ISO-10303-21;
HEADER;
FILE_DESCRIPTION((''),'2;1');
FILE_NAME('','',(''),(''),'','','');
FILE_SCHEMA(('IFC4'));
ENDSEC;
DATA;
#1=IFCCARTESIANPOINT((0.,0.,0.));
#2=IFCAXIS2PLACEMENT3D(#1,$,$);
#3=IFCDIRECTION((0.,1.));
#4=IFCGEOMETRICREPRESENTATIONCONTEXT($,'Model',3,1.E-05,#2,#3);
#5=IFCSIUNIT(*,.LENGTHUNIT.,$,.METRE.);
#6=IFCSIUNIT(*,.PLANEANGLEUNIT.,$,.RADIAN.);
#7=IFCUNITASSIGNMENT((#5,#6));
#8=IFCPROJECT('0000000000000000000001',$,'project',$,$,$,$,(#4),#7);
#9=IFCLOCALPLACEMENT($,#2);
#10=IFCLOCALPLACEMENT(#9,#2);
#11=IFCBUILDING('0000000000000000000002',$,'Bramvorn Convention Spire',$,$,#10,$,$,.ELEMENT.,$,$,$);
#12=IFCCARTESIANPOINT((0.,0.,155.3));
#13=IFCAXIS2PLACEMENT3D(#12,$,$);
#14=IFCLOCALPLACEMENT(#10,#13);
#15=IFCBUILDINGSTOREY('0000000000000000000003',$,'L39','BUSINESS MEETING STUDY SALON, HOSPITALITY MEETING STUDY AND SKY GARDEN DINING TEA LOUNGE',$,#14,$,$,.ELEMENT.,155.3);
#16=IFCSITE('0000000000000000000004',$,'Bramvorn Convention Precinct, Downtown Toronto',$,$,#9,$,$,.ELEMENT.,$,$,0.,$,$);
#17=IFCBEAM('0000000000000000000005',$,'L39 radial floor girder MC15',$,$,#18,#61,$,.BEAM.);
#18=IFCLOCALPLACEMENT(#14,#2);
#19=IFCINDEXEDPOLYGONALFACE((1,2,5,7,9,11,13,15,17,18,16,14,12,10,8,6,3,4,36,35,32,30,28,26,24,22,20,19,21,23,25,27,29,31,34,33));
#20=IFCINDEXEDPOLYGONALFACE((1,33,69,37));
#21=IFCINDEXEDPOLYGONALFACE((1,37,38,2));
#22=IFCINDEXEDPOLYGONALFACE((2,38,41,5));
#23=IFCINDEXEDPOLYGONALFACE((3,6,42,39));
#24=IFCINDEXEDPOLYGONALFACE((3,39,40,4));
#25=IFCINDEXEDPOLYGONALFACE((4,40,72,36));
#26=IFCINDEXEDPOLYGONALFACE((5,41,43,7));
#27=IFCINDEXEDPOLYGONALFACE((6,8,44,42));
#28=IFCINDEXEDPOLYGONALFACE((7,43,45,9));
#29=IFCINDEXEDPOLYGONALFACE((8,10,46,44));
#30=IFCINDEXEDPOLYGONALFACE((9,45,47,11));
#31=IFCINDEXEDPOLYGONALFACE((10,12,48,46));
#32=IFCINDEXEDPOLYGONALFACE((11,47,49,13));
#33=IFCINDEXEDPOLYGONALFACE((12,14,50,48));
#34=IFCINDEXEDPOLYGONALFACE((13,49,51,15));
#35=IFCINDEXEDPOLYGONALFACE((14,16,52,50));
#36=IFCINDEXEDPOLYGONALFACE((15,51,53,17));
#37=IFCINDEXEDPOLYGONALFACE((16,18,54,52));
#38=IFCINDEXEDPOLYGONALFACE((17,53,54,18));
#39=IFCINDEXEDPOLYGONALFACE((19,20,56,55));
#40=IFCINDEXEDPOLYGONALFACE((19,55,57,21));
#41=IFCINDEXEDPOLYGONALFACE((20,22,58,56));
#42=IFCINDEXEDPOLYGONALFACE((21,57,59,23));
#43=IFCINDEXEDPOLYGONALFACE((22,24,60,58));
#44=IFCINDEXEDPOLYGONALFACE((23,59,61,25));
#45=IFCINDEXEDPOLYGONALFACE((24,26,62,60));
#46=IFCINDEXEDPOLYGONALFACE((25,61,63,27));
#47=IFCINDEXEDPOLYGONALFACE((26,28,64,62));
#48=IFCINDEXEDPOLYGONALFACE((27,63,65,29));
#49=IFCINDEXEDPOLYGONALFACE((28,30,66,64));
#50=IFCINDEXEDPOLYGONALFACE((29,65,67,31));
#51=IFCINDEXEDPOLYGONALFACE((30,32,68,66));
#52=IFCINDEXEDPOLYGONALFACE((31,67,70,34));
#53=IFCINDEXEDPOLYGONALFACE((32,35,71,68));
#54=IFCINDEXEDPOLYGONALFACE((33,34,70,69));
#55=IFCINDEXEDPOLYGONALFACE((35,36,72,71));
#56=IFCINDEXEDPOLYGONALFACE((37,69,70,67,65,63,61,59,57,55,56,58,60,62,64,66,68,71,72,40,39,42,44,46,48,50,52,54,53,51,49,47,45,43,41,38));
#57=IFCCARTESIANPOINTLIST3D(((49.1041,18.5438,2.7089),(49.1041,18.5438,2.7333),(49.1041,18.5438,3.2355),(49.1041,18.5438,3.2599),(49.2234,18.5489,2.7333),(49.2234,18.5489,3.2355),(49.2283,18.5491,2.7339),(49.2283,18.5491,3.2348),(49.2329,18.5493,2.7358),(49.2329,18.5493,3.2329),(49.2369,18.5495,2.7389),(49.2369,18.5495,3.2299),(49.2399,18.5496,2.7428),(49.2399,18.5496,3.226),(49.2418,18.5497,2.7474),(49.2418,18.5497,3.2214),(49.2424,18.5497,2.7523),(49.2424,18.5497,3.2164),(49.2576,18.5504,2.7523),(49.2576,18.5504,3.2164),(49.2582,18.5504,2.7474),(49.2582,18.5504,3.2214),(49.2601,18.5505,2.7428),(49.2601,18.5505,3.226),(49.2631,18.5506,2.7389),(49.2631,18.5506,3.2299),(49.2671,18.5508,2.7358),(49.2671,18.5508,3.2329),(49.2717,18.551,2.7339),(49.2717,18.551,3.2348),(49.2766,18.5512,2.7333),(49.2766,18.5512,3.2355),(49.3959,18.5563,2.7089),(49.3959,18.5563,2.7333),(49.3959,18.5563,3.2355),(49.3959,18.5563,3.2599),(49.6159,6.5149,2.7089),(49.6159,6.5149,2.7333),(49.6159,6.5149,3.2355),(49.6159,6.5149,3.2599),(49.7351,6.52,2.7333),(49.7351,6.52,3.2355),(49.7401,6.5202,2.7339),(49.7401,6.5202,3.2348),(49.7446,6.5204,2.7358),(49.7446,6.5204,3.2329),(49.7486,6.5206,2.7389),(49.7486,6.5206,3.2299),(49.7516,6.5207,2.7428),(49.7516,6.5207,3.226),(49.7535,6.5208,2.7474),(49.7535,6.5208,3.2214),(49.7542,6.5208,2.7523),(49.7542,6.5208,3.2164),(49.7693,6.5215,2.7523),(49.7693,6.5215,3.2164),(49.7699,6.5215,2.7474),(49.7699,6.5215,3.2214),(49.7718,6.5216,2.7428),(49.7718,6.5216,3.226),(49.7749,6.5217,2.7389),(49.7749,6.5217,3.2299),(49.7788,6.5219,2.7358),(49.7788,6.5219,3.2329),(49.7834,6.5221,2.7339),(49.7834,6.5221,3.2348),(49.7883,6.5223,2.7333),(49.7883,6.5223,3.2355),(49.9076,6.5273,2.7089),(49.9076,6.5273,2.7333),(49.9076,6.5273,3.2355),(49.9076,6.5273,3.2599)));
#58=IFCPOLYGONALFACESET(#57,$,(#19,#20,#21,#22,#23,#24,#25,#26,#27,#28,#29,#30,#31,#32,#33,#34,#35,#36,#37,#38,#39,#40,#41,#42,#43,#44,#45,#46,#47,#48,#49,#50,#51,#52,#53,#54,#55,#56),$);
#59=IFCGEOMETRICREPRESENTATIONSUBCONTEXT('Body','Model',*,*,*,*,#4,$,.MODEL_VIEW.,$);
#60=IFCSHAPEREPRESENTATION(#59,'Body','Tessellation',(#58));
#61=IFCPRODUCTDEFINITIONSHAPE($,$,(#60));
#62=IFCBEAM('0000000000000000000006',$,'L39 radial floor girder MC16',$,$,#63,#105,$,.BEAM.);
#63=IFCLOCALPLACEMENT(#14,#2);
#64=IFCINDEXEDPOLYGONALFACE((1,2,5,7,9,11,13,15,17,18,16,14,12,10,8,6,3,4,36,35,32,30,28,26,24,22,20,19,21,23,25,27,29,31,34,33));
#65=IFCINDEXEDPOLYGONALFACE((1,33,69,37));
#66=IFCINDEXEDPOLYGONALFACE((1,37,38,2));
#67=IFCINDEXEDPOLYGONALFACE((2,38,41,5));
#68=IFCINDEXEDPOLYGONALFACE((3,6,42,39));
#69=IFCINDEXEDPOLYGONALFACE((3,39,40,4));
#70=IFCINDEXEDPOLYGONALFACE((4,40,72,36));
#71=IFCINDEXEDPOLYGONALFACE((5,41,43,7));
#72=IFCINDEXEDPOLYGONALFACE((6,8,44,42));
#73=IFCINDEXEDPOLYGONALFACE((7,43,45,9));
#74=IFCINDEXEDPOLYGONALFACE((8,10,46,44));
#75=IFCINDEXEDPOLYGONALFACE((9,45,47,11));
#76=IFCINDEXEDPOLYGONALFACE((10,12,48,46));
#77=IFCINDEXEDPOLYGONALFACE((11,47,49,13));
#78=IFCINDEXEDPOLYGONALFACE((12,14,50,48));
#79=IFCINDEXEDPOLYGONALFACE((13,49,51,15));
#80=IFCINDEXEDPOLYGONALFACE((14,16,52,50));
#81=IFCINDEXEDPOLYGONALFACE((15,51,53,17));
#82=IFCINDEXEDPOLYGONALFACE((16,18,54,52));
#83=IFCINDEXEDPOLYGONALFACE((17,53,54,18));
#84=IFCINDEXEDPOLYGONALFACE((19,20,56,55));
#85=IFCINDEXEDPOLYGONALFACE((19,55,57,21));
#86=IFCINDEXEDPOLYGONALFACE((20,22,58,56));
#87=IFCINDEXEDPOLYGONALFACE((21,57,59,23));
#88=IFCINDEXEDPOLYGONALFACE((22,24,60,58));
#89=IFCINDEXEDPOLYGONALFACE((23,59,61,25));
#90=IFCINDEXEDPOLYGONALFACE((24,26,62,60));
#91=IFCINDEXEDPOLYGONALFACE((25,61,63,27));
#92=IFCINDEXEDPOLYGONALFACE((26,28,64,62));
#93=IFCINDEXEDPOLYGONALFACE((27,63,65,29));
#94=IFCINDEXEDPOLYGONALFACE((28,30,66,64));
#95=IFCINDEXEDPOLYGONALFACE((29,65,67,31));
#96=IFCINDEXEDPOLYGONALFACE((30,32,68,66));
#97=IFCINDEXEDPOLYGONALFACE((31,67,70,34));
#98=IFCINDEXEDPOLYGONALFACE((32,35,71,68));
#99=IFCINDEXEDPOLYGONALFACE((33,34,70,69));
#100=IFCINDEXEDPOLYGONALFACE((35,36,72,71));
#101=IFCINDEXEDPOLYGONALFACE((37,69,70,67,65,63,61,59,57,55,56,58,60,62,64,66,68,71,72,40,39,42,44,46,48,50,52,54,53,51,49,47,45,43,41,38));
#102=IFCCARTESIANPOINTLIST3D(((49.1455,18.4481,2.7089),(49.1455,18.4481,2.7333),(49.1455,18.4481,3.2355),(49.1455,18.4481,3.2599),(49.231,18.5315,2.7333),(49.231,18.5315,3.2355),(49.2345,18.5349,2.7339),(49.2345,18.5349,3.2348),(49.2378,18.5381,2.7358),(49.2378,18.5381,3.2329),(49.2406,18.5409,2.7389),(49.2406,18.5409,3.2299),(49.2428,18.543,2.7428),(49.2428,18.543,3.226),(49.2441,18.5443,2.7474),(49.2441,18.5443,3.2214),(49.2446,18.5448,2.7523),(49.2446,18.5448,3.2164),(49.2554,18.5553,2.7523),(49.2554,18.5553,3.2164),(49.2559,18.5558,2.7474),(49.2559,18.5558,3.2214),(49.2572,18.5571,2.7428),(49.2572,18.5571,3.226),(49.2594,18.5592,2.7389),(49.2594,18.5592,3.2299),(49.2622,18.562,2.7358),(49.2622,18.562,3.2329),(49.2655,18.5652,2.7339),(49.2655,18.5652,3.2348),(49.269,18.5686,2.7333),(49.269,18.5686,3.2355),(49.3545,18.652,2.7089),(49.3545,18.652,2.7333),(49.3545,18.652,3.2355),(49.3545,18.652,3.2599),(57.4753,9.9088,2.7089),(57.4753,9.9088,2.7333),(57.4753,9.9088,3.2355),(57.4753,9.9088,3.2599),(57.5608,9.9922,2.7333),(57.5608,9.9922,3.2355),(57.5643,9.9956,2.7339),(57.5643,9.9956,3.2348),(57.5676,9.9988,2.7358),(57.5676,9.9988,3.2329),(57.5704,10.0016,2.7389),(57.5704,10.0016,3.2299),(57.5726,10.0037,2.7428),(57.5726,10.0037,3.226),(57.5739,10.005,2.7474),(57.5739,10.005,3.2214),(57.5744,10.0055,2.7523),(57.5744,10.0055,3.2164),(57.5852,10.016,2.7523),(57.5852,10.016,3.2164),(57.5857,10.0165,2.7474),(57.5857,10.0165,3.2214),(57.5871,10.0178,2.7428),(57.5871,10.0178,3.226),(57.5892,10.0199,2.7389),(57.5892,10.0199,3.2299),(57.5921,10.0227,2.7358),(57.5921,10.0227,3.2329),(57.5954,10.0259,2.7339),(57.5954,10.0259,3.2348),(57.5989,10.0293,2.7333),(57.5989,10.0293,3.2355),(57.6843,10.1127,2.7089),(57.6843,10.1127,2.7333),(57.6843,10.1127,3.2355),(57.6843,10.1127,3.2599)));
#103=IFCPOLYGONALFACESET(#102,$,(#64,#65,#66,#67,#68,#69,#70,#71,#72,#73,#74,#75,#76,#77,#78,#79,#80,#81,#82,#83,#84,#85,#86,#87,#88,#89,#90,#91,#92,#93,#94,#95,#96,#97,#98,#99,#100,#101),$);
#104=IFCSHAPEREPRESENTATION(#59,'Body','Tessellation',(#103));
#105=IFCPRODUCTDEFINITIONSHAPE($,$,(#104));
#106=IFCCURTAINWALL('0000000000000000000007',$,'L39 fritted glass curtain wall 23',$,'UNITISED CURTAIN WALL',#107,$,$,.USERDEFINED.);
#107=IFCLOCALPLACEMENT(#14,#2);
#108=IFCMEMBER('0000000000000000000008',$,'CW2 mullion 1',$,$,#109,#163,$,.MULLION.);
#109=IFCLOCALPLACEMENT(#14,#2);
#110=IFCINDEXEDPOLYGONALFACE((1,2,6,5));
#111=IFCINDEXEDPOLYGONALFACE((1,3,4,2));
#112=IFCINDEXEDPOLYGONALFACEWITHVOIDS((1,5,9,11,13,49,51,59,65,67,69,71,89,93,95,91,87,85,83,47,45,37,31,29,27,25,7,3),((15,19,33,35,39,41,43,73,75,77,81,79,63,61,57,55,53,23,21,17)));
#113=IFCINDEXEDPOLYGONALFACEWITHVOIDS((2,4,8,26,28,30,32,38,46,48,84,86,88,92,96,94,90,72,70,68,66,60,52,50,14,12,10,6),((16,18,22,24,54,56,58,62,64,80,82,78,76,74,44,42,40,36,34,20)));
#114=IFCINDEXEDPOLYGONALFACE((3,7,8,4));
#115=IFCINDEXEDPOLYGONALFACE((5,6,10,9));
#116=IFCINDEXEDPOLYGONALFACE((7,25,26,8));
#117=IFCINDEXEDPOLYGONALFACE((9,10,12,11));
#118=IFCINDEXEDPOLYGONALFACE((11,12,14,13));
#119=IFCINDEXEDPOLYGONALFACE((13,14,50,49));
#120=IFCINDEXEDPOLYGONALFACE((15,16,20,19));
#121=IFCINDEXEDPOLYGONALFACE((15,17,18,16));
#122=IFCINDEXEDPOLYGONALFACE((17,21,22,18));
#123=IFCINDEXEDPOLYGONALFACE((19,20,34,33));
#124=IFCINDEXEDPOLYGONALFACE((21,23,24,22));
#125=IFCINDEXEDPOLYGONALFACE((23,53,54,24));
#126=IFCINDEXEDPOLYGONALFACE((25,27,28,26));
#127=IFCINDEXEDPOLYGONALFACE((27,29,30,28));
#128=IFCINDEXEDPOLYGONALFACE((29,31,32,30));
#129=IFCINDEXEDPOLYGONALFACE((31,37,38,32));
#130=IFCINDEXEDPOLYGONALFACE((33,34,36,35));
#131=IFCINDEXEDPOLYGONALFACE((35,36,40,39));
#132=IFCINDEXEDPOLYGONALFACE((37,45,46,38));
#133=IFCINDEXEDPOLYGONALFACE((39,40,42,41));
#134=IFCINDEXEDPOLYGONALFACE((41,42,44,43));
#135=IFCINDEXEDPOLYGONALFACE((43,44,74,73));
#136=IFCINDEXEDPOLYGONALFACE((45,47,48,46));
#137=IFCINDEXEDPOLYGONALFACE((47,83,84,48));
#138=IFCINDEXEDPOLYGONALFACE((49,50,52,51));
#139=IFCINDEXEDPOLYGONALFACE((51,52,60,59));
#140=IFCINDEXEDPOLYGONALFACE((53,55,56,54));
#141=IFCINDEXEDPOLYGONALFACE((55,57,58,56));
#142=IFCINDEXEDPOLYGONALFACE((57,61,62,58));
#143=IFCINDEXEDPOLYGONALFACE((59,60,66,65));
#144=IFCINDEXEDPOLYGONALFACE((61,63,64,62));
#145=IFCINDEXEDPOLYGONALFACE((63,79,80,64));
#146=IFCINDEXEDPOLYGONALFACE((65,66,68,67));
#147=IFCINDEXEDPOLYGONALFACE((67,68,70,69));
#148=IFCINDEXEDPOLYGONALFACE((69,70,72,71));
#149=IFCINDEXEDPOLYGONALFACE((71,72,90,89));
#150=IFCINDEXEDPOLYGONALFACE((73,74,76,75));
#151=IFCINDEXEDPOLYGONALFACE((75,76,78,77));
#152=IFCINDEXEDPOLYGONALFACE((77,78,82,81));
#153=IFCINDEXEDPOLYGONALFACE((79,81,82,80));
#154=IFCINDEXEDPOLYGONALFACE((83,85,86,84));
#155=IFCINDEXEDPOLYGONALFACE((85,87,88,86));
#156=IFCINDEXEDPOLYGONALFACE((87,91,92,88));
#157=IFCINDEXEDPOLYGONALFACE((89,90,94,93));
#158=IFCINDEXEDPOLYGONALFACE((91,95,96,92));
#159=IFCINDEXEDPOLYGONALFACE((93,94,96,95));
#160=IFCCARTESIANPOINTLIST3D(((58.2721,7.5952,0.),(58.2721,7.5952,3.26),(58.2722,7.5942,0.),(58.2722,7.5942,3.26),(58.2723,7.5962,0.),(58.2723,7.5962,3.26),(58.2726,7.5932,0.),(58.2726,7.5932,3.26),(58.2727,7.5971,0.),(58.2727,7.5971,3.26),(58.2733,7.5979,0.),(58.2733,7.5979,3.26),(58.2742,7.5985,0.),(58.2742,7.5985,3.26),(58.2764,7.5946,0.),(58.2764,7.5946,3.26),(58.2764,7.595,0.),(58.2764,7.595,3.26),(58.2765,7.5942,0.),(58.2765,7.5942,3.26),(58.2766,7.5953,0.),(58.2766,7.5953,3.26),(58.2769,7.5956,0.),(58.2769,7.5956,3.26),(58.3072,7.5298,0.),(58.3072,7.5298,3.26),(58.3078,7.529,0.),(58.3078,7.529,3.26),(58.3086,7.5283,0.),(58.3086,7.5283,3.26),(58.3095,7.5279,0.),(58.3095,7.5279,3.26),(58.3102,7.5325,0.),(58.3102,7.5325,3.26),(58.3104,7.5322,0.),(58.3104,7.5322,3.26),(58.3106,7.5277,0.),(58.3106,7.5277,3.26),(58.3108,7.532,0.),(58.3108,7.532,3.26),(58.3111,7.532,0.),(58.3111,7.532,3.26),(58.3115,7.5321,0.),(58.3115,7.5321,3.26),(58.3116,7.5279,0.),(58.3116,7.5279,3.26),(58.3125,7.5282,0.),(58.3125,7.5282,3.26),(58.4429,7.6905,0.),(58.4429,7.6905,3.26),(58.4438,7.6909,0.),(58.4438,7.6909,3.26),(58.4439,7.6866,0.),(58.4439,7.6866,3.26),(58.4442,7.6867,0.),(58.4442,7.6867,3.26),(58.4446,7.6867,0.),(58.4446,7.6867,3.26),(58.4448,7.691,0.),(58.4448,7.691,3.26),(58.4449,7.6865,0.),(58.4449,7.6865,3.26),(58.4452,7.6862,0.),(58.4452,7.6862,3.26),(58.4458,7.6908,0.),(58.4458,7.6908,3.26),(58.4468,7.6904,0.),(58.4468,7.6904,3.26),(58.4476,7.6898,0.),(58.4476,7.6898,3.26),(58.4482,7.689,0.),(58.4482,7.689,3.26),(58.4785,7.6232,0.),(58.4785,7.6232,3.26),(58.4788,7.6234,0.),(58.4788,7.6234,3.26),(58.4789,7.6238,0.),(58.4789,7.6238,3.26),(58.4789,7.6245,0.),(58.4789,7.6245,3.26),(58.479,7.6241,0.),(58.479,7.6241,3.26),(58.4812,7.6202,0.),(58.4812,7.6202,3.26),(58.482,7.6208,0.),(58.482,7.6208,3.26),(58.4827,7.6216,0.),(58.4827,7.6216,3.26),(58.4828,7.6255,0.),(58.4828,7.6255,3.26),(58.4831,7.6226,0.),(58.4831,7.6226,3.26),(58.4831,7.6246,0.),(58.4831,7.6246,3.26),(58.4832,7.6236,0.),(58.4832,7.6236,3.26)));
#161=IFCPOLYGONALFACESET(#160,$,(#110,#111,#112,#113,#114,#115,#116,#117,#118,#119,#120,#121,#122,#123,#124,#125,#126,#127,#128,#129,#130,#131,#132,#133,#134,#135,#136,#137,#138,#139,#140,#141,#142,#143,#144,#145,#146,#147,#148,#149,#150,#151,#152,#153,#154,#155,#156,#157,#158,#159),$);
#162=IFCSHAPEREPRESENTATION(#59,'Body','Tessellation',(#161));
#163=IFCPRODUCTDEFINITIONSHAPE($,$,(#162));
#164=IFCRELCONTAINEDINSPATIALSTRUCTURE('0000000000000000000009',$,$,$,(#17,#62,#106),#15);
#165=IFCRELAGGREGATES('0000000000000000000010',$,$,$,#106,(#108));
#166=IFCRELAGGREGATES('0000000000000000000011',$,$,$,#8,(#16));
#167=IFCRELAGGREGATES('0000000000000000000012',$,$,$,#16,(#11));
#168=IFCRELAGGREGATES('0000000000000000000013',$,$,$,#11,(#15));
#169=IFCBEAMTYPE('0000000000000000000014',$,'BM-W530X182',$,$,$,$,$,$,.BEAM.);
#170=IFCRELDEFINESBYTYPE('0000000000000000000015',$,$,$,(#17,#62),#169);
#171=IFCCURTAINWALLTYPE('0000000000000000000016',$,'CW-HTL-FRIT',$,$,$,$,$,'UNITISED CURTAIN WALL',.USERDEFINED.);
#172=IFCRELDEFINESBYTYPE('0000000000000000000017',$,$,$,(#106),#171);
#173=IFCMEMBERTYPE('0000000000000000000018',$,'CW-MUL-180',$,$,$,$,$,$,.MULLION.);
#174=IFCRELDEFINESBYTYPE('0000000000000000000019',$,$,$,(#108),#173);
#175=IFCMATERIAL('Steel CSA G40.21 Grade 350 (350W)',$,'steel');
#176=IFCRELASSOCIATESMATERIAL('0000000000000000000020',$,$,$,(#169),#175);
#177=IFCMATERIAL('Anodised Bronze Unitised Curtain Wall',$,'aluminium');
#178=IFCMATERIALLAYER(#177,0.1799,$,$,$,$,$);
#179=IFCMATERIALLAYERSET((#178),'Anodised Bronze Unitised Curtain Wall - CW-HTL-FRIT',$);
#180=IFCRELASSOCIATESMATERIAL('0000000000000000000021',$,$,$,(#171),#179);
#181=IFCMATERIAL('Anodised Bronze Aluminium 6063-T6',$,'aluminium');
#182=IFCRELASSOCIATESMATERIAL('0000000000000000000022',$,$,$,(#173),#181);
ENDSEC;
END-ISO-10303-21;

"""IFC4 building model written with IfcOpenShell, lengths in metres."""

from ifc_helpers import new_model, si_unit, direction, frame, origin, origin_2d, place, context, subcontext, project, spatial, hollow_rectangle, i_section, extrude, material, layer, layer_set, material_profile, profile_set, type_object, element, aggregate, save


model = new_model("IFC4")

# Units and contexts
model_context = context("Model", 3, precision=1e-05, world=origin(), true_north=direction((0.0, 1.0)))
body_context = subcontext(model_context, "Body", "Model", "MODEL_VIEW")
ifc_project = project(units=[si_unit("LENGTHUNIT", "METRE"), si_unit("PLANEANGLEUNIT", "RADIAN")], contexts=[model_context])

# Site, building, storey
site_placement = place(None, origin())
site = spatial("IfcSite", under=ifc_project, at=site_placement, Name="Bramvorn Convention Precinct, Downtown Toronto", CompositionType="ELEMENT", RefElevation=0.0)
building_placement = place(site_placement, origin())
building = spatial("IfcBuilding", under=site, at=building_placement, Name="Bramvorn Convention Spire", CompositionType="ELEMENT")
storey_placement = place(building_placement, frame((0.0, 0.0, 155.3)))
storey = spatial("IfcBuildingStorey", under=building, at=storey_placement, Name="L39", Description="BUSINESS MEETING STUDY SALON, HOSPITALITY MEETING STUDY AND SKY GARDEN DINING TEA LOUNGE", CompositionType="ELEMENT", Elevation=155.3)

# Shared definitions
ifc_material_1 = material(Name="Steel CSA G40.21 Grade 350 (350W)", Category="steel")

# Beams
ifc_material_profile_1 = material_profile(ifc_material_1, i_section(OverallWidth=0.292, OverallDepth=0.551, WebThickness=0.0151, FlangeThickness=0.0244, FilletRadius=0.019, at=origin_2d()))
ifc_profile_set_1 = profile_set([ifc_material_profile_1], Name="Steel CSA G40.21 Grade 350 (350W) - W530X182")
beam_type_1 = type_object("IfcBeamType", Name="BM-W530X182", PredefinedType="BEAM", material=ifc_profile_set_1)
beam_1_placement = place(storey_placement, frame((49.25, 18.55, 2.9844), z_axis=(0.042503, -0.999096, 0.0), x_axis=(0.999096, 0.042503, 0.0)))
element("IfcBeam", 1, at=beam_1_placement, inside=storey, type_object=beam_type_1, Name="L39 radial floor girder MC15", PredefinedType="BEAM", context=body_context, shape_type="SweptSolid", body=[
    extrude(i_section(OverallWidth=0.292, OverallDepth=0.551, WebThickness=0.0151, FlangeThickness=0.0244, FilletRadius=0.019, at=origin_2d()), origin(), (0.0, 0.0, 1.0), 12.0398),
])
beam_2_placement = place(storey_placement, frame((49.25, 18.55, 2.9844), z_axis=(0.698272, -0.715832, 0.0), x_axis=(0.715832, 0.698272, 0.0)))
element("IfcBeam", 2, at=beam_2_placement, inside=storey, type_object=beam_type_1, Name="L39 radial floor girder MC16", PredefinedType="BEAM", context=body_context, shape_type="SweptSolid", body=[
    extrude(i_section(OverallWidth=0.292, OverallDepth=0.551, WebThickness=0.0151, FlangeThickness=0.0244, FilletRadius=0.019, at=origin_2d()), origin(), (0.0, 0.0, 1.0), 11.9292),
])

# Curtain wall, member
ifc_material_2 = material(Name="Anodised Bronze Unitised Curtain Wall", Category="aluminium")
ifc_layer_1 = layer(ifc_material_2, 0.1799)
ifc_layer_set_1 = layer_set([ifc_layer_1], Name="Anodised Bronze Unitised Curtain Wall - CW-HTL-FRIT")
curtain_wall_type = type_object("IfcCurtainWallType", Name="CW-HTL-FRIT", ElementType="UNITISED CURTAIN WALL", PredefinedType="USERDEFINED", material=ifc_layer_set_1)
curtain_wall_1_placement = place(storey_placement, origin())
curtain_wall_1 = element("IfcCurtainWall", 3, at=curtain_wall_1_placement, inside=storey, type_object=curtain_wall_type, Name="L39 fritted glass curtain wall 23", ObjectType="UNITISED CURTAIN WALL", PredefinedType="USERDEFINED")
ifc_material_3 = material(Name="Anodised Bronze Aluminium 6063-T6", Category="aluminium")
ifc_material_profile_2 = material_profile(ifc_material_3, hollow_rectangle(XDim=0.0801, YDim=0.2, WallThickness=0.0039, InnerFilletRadius=0.001, OuterFilletRadius=0.0039, at=origin_2d()))
ifc_profile_set_2 = profile_set([ifc_material_profile_2], Name="Anodised Bronze Aluminium 6063-T6 - CWM80X200")
member_type_1 = type_object("IfcMemberType", Name="CW-MUL-180", PredefinedType="MULLION", material=ifc_profile_set_2)
member_1_placement = place(storey_placement, frame((58.3777, 7.6094, 0.0), z_axis=(0.0, 0.0, 1.0), x_axis=(0.478811, -0.877918, 0.0)))
member_1 = element("IfcMember", 4, at=member_1_placement, type_object=member_type_1, Name="CW2 mullion 1", PredefinedType="MULLION", context=body_context, shape_type="SweptSolid", body=[
    extrude(hollow_rectangle(XDim=0.0801, YDim=0.2, WallThickness=0.0039, InnerFilletRadius=0.001, OuterFilletRadius=0.0039, at=origin_2d()), origin(), (0.0, 0.0, 1.0), 3.26),
])

aggregate(curtain_wall_1, [member_1])

save(model, "model.ifc")
